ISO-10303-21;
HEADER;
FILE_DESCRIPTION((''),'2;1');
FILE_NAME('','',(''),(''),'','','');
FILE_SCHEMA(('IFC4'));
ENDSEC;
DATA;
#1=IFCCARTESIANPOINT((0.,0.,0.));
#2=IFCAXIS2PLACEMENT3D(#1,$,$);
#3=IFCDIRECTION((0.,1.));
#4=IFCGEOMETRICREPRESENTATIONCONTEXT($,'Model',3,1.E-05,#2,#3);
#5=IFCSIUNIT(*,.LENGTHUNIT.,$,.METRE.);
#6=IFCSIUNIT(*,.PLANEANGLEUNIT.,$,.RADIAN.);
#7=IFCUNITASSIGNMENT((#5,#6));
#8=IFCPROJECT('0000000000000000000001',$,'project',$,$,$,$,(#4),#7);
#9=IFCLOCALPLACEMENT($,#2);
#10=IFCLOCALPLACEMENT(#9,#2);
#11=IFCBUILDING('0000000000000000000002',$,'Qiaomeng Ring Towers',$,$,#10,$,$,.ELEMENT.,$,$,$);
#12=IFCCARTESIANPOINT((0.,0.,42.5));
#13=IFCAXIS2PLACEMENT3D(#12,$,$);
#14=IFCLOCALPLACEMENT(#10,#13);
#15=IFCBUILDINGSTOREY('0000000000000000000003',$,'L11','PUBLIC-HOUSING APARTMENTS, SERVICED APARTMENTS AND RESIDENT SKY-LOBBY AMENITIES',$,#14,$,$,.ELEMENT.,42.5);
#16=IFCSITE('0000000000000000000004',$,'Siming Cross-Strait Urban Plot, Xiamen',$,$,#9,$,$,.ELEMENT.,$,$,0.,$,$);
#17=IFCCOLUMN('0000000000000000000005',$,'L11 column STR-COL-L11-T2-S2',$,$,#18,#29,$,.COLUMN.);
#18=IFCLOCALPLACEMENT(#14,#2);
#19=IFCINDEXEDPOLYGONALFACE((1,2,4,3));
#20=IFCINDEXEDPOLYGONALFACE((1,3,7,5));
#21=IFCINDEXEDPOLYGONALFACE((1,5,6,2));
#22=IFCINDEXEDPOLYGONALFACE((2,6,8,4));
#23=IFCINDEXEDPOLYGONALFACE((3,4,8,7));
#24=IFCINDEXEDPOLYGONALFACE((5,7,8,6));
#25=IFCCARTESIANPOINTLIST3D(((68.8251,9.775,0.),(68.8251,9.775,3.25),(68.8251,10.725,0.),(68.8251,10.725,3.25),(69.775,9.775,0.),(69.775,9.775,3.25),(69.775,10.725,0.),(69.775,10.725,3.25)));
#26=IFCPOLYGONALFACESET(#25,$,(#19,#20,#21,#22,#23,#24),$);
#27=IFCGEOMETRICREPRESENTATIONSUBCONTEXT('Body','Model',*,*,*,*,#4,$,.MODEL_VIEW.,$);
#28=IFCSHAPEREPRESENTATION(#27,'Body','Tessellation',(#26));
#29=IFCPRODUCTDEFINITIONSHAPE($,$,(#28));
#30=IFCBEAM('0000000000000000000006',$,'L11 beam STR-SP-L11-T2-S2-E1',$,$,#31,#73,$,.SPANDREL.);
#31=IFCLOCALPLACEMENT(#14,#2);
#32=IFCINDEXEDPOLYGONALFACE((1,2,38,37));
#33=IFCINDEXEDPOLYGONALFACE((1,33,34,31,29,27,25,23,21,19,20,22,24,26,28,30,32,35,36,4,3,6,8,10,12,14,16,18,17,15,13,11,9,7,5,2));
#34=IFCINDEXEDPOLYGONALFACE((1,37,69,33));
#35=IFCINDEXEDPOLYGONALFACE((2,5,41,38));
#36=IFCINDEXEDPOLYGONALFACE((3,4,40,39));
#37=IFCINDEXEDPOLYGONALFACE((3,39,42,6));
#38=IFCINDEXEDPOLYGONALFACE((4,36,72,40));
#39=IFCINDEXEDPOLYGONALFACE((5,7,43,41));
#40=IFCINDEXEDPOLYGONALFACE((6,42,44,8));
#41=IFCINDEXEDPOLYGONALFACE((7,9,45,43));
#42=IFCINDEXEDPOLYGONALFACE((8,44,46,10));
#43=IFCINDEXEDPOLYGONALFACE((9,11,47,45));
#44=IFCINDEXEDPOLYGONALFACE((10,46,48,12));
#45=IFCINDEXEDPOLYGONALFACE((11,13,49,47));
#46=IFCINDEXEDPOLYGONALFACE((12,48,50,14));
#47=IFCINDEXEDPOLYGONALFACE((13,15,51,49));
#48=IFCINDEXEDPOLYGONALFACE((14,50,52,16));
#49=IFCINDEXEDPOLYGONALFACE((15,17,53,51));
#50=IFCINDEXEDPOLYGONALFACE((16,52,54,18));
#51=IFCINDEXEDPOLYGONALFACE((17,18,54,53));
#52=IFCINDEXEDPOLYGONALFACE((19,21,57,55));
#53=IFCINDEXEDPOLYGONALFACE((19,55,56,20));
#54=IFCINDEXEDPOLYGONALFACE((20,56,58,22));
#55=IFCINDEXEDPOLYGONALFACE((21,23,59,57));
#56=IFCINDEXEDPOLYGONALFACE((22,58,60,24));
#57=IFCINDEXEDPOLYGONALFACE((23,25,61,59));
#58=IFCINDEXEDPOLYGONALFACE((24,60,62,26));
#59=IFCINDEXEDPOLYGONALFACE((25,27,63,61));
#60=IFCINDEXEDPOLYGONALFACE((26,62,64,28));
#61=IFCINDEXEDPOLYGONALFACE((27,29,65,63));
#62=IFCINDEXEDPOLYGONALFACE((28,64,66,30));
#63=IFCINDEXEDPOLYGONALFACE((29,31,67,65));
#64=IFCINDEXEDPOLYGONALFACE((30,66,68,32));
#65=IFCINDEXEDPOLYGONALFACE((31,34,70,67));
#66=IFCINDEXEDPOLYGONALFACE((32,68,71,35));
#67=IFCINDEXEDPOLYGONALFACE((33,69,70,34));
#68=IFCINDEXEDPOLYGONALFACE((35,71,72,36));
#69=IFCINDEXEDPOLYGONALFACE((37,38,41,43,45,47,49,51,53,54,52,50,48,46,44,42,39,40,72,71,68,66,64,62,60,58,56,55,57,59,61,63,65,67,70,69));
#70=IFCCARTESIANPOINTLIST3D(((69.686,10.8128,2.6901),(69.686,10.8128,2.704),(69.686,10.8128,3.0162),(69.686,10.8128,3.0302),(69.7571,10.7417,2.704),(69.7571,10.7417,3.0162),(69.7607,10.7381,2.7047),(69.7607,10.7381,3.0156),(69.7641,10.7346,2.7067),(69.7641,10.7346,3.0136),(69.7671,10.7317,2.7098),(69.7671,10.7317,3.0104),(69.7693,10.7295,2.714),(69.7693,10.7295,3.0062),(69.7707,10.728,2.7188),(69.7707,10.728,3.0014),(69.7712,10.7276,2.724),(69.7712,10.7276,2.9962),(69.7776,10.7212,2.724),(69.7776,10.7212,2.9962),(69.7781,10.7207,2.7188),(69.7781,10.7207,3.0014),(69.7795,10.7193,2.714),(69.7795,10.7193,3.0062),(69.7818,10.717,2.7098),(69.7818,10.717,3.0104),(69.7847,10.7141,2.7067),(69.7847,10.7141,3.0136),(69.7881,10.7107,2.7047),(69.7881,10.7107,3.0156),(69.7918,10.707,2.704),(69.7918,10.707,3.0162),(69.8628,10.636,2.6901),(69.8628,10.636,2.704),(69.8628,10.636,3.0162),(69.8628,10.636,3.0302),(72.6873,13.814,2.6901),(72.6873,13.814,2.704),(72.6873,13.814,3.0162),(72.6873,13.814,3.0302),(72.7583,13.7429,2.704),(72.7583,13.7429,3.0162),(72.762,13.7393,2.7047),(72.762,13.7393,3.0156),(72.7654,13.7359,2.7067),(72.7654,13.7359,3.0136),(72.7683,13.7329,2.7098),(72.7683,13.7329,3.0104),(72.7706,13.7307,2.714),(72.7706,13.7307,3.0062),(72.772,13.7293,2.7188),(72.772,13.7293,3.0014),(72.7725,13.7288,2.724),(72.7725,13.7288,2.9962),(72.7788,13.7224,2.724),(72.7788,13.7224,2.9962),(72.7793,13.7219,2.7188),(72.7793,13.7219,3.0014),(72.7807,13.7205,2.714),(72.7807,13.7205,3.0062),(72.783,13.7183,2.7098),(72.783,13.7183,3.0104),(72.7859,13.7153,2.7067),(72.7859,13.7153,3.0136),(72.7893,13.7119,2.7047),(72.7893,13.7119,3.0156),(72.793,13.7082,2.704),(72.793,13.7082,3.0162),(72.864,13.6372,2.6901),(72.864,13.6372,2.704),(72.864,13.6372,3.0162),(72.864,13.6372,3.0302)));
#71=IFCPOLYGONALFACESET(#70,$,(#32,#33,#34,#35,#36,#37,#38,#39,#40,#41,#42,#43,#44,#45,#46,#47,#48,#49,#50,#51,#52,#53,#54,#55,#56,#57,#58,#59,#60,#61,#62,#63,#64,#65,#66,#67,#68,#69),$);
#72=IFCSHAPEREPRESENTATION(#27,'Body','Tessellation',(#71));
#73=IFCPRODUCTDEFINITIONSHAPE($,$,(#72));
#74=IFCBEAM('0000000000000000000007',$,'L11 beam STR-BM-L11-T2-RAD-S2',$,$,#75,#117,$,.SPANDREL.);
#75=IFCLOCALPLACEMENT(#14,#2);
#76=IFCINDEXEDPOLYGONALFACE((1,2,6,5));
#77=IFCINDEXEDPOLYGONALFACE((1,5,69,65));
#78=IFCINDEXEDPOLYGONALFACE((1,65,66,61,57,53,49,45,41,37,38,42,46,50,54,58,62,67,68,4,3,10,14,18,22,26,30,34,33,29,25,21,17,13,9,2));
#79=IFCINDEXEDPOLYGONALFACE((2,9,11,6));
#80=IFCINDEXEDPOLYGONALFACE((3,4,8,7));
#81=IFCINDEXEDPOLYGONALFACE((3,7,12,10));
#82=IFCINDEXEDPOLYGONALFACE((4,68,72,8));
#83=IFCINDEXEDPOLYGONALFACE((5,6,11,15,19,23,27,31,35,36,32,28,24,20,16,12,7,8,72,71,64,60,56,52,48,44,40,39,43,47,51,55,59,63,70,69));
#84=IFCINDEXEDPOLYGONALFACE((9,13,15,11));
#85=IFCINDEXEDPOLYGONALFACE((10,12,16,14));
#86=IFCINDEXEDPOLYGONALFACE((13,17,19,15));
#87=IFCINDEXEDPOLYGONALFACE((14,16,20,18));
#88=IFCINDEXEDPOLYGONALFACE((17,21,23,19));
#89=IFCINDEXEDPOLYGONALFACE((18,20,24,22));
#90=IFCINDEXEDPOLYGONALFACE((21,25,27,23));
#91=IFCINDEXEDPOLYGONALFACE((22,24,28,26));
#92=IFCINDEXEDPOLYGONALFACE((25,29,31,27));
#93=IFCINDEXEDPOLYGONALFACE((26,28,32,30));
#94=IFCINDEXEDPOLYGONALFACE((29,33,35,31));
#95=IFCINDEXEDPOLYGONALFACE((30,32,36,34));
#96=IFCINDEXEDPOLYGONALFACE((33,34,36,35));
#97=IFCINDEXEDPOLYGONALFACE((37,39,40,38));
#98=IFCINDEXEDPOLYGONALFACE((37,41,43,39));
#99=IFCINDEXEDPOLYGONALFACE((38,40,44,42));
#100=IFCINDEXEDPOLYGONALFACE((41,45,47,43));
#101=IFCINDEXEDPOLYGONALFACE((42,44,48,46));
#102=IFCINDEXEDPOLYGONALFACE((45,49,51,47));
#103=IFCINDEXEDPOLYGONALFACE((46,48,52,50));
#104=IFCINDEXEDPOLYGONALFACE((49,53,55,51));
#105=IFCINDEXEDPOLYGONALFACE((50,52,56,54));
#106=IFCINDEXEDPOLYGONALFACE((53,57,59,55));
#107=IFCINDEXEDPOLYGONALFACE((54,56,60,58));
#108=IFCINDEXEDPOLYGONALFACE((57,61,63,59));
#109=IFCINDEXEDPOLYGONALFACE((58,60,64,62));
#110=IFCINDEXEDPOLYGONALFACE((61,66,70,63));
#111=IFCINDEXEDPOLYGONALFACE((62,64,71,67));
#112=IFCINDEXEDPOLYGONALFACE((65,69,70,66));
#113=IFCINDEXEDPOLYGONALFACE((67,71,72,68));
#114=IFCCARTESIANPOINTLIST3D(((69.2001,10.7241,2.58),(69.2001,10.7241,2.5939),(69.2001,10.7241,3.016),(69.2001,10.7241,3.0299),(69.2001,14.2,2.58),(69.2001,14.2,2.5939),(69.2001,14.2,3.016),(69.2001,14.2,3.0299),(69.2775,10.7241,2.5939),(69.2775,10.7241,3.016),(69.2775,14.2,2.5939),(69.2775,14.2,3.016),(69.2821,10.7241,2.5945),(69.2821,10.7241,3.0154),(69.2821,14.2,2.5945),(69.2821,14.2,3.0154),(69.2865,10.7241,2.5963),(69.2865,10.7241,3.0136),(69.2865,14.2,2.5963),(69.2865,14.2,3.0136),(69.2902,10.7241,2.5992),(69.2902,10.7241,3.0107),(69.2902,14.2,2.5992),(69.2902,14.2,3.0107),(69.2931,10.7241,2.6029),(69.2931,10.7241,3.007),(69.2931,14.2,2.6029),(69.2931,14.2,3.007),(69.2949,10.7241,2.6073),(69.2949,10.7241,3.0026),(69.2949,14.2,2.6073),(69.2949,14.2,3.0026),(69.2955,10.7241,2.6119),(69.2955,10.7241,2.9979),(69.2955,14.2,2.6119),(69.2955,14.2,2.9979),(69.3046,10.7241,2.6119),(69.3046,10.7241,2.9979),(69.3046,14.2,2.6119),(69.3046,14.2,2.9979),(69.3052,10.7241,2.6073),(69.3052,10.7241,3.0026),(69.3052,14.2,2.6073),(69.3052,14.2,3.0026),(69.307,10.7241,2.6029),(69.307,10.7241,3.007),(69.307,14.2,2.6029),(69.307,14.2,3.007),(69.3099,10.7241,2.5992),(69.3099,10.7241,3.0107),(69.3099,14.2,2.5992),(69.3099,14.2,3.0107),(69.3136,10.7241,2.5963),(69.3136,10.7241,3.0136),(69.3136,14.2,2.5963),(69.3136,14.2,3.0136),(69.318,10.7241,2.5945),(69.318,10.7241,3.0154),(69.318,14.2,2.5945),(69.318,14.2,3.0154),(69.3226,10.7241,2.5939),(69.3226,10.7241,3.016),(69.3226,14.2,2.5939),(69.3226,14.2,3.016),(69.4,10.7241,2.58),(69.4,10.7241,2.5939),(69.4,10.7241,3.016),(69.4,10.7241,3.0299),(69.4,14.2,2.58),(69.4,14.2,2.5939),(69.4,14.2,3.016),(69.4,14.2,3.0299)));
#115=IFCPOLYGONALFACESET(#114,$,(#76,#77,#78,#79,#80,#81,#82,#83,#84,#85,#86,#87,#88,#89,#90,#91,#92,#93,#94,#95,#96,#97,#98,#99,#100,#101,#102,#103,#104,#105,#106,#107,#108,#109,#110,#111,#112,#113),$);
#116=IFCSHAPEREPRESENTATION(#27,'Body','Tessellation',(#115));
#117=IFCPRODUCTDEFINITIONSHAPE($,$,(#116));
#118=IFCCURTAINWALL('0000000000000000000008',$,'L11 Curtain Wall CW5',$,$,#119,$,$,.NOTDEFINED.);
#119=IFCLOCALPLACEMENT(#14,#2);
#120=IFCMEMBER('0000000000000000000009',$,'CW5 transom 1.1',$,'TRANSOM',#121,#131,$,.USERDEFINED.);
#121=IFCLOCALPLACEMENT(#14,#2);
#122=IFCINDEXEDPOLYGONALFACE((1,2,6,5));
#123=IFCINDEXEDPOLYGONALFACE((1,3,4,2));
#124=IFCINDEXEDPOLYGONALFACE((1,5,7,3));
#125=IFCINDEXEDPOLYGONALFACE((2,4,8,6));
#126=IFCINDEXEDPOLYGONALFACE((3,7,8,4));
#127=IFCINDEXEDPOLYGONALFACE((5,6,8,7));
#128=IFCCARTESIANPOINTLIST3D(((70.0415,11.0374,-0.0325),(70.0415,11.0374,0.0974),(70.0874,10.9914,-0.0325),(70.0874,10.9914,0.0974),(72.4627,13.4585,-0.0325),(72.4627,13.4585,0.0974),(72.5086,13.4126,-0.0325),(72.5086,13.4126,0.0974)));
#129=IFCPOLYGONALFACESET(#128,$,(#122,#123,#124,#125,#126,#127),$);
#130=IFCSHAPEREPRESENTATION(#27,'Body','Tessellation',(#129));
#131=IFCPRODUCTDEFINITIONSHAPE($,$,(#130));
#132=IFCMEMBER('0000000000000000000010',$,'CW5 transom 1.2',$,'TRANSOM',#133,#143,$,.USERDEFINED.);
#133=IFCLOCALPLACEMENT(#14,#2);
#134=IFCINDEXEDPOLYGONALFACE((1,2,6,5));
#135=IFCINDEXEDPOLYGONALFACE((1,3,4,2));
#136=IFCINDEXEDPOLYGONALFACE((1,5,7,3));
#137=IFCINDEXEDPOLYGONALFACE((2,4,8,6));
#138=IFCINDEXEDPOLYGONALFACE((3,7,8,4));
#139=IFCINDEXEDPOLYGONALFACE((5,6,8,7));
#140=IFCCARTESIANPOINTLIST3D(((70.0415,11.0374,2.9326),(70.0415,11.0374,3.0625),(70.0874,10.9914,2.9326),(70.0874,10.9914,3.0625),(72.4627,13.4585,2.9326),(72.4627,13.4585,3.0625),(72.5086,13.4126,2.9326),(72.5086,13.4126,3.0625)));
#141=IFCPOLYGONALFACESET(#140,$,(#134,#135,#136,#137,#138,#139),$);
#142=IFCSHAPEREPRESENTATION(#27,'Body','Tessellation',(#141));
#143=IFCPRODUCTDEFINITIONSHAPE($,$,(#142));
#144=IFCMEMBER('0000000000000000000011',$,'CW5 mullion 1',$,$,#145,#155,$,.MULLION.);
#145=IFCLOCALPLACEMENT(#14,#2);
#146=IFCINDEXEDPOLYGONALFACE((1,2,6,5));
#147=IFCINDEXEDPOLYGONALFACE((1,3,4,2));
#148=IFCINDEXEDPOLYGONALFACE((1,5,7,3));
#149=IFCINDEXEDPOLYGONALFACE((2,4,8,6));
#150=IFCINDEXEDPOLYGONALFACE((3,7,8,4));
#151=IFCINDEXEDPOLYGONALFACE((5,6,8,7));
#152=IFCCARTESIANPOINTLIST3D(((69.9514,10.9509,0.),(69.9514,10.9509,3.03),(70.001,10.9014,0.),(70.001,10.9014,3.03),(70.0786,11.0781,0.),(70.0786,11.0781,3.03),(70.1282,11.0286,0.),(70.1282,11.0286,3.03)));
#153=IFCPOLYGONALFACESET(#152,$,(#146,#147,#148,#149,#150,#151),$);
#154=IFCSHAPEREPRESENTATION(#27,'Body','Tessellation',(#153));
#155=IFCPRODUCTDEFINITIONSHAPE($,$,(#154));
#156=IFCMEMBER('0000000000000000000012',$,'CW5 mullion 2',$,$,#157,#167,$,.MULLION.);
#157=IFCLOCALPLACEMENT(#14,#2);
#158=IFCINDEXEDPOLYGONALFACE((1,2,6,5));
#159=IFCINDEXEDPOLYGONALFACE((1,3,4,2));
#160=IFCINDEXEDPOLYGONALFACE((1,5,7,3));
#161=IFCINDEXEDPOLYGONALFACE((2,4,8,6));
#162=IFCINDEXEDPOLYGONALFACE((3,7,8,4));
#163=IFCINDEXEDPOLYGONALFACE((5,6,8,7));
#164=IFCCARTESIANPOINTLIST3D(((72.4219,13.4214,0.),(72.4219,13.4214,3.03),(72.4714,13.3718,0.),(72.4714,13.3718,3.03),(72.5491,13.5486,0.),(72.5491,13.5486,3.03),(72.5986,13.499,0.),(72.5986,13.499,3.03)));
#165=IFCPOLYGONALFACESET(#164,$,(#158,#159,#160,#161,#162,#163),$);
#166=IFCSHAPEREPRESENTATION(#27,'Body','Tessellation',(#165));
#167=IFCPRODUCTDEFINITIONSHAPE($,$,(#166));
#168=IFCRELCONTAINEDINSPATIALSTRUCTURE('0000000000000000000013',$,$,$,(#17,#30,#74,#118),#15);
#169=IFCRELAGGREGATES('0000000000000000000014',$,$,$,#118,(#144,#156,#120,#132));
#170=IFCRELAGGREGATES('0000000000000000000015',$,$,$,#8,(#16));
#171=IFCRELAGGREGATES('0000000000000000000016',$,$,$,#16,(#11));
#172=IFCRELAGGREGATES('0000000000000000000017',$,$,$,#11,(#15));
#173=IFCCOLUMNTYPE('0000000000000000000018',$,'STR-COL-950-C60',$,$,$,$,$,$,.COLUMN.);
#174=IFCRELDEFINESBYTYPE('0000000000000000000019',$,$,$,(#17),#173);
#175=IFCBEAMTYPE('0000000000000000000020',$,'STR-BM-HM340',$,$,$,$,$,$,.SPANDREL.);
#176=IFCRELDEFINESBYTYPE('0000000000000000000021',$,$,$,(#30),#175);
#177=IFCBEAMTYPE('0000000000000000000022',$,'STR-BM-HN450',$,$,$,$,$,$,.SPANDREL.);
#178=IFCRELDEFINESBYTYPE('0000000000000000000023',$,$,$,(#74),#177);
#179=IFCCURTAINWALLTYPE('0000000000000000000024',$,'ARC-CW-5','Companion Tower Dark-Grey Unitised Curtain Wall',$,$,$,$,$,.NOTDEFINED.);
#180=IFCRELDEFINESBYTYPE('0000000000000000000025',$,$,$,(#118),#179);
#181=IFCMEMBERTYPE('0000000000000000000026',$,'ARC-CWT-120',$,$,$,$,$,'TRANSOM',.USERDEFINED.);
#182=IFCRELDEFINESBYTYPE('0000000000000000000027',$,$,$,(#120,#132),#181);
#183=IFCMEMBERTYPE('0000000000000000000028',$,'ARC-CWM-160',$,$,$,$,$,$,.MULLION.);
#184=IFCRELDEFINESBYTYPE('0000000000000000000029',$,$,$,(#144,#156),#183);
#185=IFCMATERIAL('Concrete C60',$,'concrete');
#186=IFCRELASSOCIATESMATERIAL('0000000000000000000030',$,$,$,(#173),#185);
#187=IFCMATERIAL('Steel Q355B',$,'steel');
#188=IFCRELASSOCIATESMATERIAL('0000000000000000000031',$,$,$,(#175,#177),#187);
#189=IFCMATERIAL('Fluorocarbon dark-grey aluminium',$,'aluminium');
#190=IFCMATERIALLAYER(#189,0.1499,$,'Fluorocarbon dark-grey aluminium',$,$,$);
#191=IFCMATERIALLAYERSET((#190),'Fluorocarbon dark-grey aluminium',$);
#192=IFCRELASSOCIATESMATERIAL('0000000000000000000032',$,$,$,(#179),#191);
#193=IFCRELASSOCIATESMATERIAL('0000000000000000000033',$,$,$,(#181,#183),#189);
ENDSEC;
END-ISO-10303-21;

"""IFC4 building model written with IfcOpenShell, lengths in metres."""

from ifc_helpers import new_model, si_unit, direction, frame, origin, origin_2d, place, context, subcontext, project, spatial, rectangle, i_section, extrude, source, transform, mapped, material, layer, layer_set, material_profile, profile_set, type_object, element, aggregate, save


model = new_model("IFC4")

# Units and contexts
model_context = context("Model", 3, precision=1e-05, world=origin(), true_north=direction((0.0, 1.0)))
body_context = subcontext(model_context, "Body", "Model", "MODEL_VIEW")
ifc_project = project(units=[si_unit("LENGTHUNIT", "METRE"), si_unit("PLANEANGLEUNIT", "RADIAN")], contexts=[model_context])

# Site, building, storey
site_placement = place(None, origin())
site = spatial("IfcSite", under=ifc_project, at=site_placement, Name="Siming Cross-Strait Urban Plot, Xiamen", CompositionType="ELEMENT", RefElevation=0.0)
building_placement = place(site_placement, origin())
building = spatial("IfcBuilding", under=site, at=building_placement, Name="Qiaomeng Ring Towers", CompositionType="ELEMENT")
storey_placement = place(building_placement, frame((0.0, 0.0, 42.5)))
storey = spatial("IfcBuildingStorey", under=building, at=storey_placement, Name="L11", Description="PUBLIC-HOUSING APARTMENTS, SERVICED APARTMENTS AND RESIDENT SKY-LOBBY AMENITIES", CompositionType="ELEMENT", Elevation=42.5)

# Column
ifc_material_1 = material(Name="Concrete C60", Category="concrete")
ifc_material_profile_1 = material_profile(ifc_material_1, rectangle(XDim=0.95, YDim=0.95, at=origin_2d()), Name="RC COL 950x950")
ifc_profile_set_1 = profile_set([ifc_material_profile_1], Name="Concrete C60")
column_type = type_object("IfcColumnType", Name="STR-COL-950-C60", PredefinedType="COLUMN", material=ifc_profile_set_1)
shared_shape_1 = source(origin(), body_context, "Body", "SweptSolid", [
    extrude(rectangle(XDim=0.95, YDim=0.95, at=origin_2d()), origin(), (0.0, 0.0, 1.0), 3.25),
])
column_placement = place(storey_placement, frame((69.3, 10.25, 0.0), z_axis=(0.0, 0.0, 1.0), x_axis=(1.0, 0.0, 0.0)))
element("IfcColumn", 1, at=column_placement, inside=storey, type_object=column_type, Name="L11 column STR-COL-L11-T2-S2", PredefinedType="COLUMN", context=body_context, shape_type="MappedRepresentation", body=[
    mapped(shared_shape_1, transform((0.0, 0.0, 0.0), x_axis=(1.0, 0.0, 0.0), y_axis=(0.0, 1.0, 0.0), z_axis=(0.0, 0.0, 1.0), scale=1.0)),
])

# Beams
ifc_material_2 = material(Name="Steel Q355B", Category="steel")
ifc_material_profile_2 = material_profile(ifc_material_2, i_section(OverallWidth=0.25, OverallDepth=0.3401, WebThickness=0.009, FlangeThickness=0.0139, FilletRadius=0.02, at=origin_2d()), Name="HM 340x250x9x14")
ifc_profile_set_2 = profile_set([ifc_material_profile_2], Name="Steel Q355B")
beam_type_1 = type_object("IfcBeamType", Name="STR-BM-HM340", PredefinedType="SPANDREL", material=ifc_profile_set_2)
shared_shape_2 = source(origin(), body_context, "Body", "SweptSolid", [
    extrude(i_section(OverallWidth=0.25, OverallDepth=0.3401, WebThickness=0.009, FlangeThickness=0.0139, FilletRadius=0.02, at=origin_2d()), origin(), (0.0, 0.0, 1.0), 4.2444),
])
beam_1_placement = place(storey_placement, frame((69.7744, 10.7244, 2.8601), z_axis=(0.707107, 0.707107, 0.0), x_axis=(-0.707107, 0.707107, 0.0)))
element("IfcBeam", 2, at=beam_1_placement, inside=storey, type_object=beam_type_1, Name="L11 beam STR-SP-L11-T2-S2-E1", PredefinedType="SPANDREL", context=body_context, shape_type="MappedRepresentation", body=[
    mapped(shared_shape_2, transform((0.0, 0.0, 0.0), x_axis=(1.0, 0.0, 0.0), y_axis=(0.0, 1.0, 0.0), z_axis=(0.0, 0.0, 1.0), scale=1.0)),
])
ifc_material_profile_3 = material_profile(ifc_material_2, i_section(OverallWidth=0.2, OverallDepth=0.45, WebThickness=0.009, FlangeThickness=0.0139, FilletRadius=0.0181, at=origin_2d()), Name="HN 450x200x9x14")
ifc_profile_set_3 = profile_set([ifc_material_profile_3], Name="Steel Q355B")
beam_type_2 = type_object("IfcBeamType", Name="STR-BM-HN450", PredefinedType="SPANDREL", material=ifc_profile_set_3)
shared_shape_3 = source(origin(), body_context, "Body", "SweptSolid", [
    extrude(i_section(OverallWidth=0.2, OverallDepth=0.45, WebThickness=0.009, FlangeThickness=0.0139, FilletRadius=0.0181, at=origin_2d()), origin(), (0.0, 0.0, 1.0), 3.4758),
])
beam_2_placement = place(storey_placement, frame((69.3, 10.7241, 2.8049), z_axis=(0.0, 1.0, 0.0), x_axis=(-1.0, 0.0, 0.0)))
element("IfcBeam", 3, at=beam_2_placement, inside=storey, type_object=beam_type_2, Name="L11 beam STR-BM-L11-T2-RAD-S2", PredefinedType="SPANDREL", context=body_context, shape_type="MappedRepresentation", body=[
    mapped(shared_shape_3, transform((0.0, 0.0, 0.0), x_axis=(1.0, 0.0, 0.0), y_axis=(0.0, 1.0, 0.0), z_axis=(0.0, 0.0, 1.0), scale=1.0)),
])

# Curtain wall, members
ifc_material_3 = material(Name="Fluorocarbon dark-grey aluminium", Category="aluminium")
ifc_layer_1 = layer(ifc_material_3, 0.1499, Name="Fluorocarbon dark-grey aluminium")
ifc_layer_set_1 = layer_set([ifc_layer_1], Name="Fluorocarbon dark-grey aluminium")
curtain_wall_type = type_object("IfcCurtainWallType", Name="ARC-CW-5", Description="Companion Tower Dark-Grey Unitised Curtain Wall", PredefinedType="NOTDEFINED", material=ifc_layer_set_1)
curtain_wall_1_placement = place(storey_placement, origin())
curtain_wall_1 = element("IfcCurtainWall", 4, at=curtain_wall_1_placement, inside=storey, type_object=curtain_wall_type, Name="L11 Curtain Wall CW5", PredefinedType="NOTDEFINED")
ifc_material_profile_4 = material_profile(ifc_material_3, rectangle(XDim=0.0649, YDim=0.1299, at=origin_2d()), Name="ALU TRAN 65x130")
ifc_profile_set_4 = profile_set([ifc_material_profile_4], Name="Fluorocarbon dark-grey aluminium")
member_type_1 = type_object("IfcMemberType", Name="ARC-CWT-120", ElementType="TRANSOM", PredefinedType="USERDEFINED", material=ifc_profile_set_4)
shared_shape_4 = source(origin(), body_context, "Body", "SweptSolid", [
    extrude(rectangle(XDim=0.0649, YDim=0.1299, at=origin_2d()), origin(), (0.0, 0.0, 1.0), 3.4241),
])
member_1_placement = place(storey_placement, frame((70.0645, 11.0144, 0.0325), z_axis=(0.707107, 0.707107, 0.0), x_axis=(-0.707107, 0.707107, 0.0)))
member_1 = element("IfcMember", 5, at=member_1_placement, type_object=member_type_1, Name="CW5 transom 1.1", ObjectType="TRANSOM", PredefinedType="USERDEFINED", context=body_context, shape_type="MappedRepresentation", body=[
    mapped(shared_shape_4, transform((0.0, 0.0, 0.0), x_axis=(1.0, 0.0, 0.0), y_axis=(0.0, 1.0, 0.0), z_axis=(0.0, 0.0, 1.0), scale=1.0)),
])
member_2_placement = place(storey_placement, frame((70.0645, 11.0144, 2.9976), z_axis=(0.707107, 0.707107, 0.0), x_axis=(-0.707107, 0.707107, 0.0)))
member_2 = element("IfcMember", 6, at=member_2_placement, type_object=member_type_1, Name="CW5 transom 1.2", ObjectType="TRANSOM", PredefinedType="USERDEFINED", context=body_context, shape_type="MappedRepresentation", body=[
    mapped(shared_shape_4, transform((0.0, 0.0, 0.0), x_axis=(1.0, 0.0, 0.0), y_axis=(0.0, 1.0, 0.0), z_axis=(0.0, 0.0, 1.0), scale=1.0)),
])
ifc_material_profile_5 = material_profile(ifc_material_3, rectangle(XDim=0.0701, YDim=0.1799, at=origin_2d()), Name="ALU MULL 70x180")
ifc_profile_set_5 = profile_set([ifc_material_profile_5], Name="Fluorocarbon dark-grey aluminium")
member_type_2 = type_object("IfcMemberType", Name="ARC-CWM-160", PredefinedType="MULLION", material=ifc_profile_set_5)
shared_shape_5 = source(origin(), body_context, "Body", "SweptSolid", [
    extrude(rectangle(XDim=0.0701, YDim=0.1799, at=origin_2d()), origin(), (0.0, 0.0, 1.0), 3.03),
])
member_3_placement = place(storey_placement, frame((70.0398, 10.9897, 0.0), z_axis=(0.0, 0.0, 1.0), x_axis=(-0.707107, 0.707107, 0.0)))
member_3 = element("IfcMember", 7, at=member_3_placement, type_object=member_type_2, Name="CW5 mullion 1", PredefinedType="MULLION", context=body_context, shape_type="MappedRepresentation", body=[
    mapped(shared_shape_5, transform((0.0, 0.0, 0.0), x_axis=(1.0, 0.0, 0.0), y_axis=(0.0, 1.0, 0.0), z_axis=(0.0, 0.0, 1.0), scale=1.0)),
])
member_4_placement = place(storey_placement, frame((72.5103, 13.4602, 0.0), z_axis=(0.0, 0.0, 1.0), x_axis=(-0.707107, 0.707107, 0.0)))
member_4 = element("IfcMember", 8, at=member_4_placement, type_object=member_type_2, Name="CW5 mullion 2", PredefinedType="MULLION", context=body_context, shape_type="MappedRepresentation", body=[
    mapped(shared_shape_5, transform((0.0, 0.0, 0.0), x_axis=(1.0, 0.0, 0.0), y_axis=(0.0, 1.0, 0.0), z_axis=(0.0, 0.0, 1.0), scale=1.0)),
])

aggregate(curtain_wall_1, [member_3, member_4, member_1, member_2])

save(model, "model.ifc")
